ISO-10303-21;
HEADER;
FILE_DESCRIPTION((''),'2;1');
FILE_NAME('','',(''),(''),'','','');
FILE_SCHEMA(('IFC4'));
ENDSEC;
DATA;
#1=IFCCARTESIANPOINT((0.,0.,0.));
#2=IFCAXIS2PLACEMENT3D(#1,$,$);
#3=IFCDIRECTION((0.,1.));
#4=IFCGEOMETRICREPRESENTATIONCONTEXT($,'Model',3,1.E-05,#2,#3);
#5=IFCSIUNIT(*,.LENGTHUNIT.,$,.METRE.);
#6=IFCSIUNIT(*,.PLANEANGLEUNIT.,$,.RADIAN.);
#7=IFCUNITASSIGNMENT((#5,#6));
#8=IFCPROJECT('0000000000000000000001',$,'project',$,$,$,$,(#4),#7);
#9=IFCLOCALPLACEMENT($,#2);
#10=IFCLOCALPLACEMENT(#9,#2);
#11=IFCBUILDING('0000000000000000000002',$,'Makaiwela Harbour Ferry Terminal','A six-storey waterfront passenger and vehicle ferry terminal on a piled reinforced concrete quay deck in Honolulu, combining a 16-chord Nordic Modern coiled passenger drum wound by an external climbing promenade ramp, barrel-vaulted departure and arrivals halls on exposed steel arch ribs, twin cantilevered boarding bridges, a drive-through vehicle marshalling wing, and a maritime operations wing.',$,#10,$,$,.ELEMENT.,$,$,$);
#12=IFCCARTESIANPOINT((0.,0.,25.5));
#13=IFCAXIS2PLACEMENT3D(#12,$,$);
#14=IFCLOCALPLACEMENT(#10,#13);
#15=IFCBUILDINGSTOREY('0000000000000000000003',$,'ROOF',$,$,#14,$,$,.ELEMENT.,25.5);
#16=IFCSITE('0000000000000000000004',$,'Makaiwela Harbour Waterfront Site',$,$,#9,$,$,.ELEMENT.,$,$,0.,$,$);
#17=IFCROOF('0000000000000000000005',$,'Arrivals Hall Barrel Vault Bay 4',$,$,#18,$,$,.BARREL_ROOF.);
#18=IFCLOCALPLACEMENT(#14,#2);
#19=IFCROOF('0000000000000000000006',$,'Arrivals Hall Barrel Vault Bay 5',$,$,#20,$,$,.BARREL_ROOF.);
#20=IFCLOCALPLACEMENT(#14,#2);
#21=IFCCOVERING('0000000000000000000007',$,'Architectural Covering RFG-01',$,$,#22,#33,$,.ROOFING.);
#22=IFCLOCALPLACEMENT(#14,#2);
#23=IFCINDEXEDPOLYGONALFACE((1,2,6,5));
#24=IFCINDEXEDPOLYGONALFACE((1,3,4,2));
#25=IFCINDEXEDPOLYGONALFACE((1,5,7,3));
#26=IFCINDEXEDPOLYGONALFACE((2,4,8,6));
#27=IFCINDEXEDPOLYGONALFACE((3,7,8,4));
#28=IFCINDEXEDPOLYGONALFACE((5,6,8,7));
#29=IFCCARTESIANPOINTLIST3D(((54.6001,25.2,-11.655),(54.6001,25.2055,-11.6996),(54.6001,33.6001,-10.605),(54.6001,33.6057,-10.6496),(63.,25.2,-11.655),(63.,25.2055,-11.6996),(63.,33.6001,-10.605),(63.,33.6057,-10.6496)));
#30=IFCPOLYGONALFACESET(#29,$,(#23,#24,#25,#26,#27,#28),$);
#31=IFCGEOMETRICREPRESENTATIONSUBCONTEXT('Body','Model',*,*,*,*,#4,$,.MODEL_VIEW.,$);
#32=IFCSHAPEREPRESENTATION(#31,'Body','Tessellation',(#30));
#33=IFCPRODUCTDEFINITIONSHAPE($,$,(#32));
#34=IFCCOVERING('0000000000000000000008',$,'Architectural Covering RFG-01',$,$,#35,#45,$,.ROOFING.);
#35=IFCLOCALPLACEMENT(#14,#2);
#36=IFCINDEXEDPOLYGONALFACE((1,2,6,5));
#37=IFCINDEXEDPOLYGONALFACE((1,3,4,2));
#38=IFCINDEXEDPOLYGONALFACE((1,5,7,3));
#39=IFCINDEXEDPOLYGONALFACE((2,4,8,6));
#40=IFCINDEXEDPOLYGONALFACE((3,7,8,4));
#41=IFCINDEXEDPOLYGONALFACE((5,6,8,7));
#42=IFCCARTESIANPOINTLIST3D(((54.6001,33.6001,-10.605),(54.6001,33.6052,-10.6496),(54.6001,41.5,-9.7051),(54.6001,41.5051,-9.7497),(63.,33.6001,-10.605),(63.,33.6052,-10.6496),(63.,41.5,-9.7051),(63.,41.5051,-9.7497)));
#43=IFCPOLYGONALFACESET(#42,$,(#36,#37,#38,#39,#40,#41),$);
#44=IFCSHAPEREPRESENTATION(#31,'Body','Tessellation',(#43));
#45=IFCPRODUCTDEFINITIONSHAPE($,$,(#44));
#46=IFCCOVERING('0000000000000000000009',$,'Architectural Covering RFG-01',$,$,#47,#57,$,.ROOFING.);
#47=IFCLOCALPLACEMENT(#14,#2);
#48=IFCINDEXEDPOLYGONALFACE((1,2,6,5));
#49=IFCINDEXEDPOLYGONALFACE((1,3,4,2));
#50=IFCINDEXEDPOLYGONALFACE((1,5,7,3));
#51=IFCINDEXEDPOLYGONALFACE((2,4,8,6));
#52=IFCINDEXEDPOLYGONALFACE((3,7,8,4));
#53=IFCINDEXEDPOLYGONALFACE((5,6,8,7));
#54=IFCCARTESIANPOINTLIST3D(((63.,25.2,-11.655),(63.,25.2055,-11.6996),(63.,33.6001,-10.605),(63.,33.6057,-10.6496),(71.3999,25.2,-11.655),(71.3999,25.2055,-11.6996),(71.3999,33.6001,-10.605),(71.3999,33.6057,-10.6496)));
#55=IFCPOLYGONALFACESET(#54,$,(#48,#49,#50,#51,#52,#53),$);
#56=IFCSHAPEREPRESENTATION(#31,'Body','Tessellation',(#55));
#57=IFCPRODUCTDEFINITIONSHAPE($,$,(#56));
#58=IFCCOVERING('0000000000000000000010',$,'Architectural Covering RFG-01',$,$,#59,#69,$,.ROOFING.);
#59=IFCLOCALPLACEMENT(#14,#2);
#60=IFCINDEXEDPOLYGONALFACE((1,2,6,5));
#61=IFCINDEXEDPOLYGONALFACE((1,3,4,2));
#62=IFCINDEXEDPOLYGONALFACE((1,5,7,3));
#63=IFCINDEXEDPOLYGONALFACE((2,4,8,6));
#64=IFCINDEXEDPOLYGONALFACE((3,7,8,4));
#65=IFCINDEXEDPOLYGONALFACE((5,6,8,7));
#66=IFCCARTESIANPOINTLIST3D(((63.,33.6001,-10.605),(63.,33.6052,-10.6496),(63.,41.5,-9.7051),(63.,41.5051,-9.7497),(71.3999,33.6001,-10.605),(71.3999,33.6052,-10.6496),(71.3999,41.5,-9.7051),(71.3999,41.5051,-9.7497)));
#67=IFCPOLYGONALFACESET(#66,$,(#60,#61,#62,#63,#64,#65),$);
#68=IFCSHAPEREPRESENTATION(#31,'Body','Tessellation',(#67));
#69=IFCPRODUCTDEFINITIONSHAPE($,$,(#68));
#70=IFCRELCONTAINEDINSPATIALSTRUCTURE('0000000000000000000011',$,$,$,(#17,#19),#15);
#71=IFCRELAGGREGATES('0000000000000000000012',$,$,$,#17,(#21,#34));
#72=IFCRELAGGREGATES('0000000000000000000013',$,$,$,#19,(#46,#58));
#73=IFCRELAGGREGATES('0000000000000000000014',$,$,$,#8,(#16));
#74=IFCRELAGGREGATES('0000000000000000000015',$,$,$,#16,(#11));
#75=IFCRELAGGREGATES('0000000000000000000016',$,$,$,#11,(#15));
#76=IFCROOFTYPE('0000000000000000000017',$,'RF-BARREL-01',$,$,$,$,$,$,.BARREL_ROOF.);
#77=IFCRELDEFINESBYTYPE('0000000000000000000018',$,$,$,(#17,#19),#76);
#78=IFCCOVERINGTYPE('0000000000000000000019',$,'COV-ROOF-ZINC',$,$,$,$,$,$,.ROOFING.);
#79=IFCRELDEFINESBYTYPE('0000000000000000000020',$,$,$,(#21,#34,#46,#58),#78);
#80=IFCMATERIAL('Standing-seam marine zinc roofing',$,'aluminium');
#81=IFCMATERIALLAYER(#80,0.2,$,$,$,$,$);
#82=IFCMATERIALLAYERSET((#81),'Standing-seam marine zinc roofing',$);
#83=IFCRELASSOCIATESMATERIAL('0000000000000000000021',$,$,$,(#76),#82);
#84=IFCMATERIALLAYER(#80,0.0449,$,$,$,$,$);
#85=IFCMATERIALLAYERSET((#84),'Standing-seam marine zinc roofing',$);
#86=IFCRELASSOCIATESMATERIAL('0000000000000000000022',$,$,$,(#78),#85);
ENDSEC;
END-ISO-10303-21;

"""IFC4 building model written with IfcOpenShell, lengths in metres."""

from ifc_helpers import new_model, si_unit, direction, frame, origin, place, context, subcontext, project, spatial, polyline, outline, extrude, material, layer, layer_set, type_object, element, aggregate, save


model = new_model("IFC4")

# Units and contexts
model_context = context("Model", 3, precision=1e-05, world=origin(), true_north=direction((0.0, 1.0)))
body_context = subcontext(model_context, "Body", "Model", "MODEL_VIEW")
ifc_project = project(units=[si_unit("LENGTHUNIT", "METRE"), si_unit("PLANEANGLEUNIT", "RADIAN")], contexts=[model_context])

# Site, building, storey
site_placement = place(None, origin())
site = spatial("IfcSite", under=ifc_project, at=site_placement, Name="Makaiwela Harbour Waterfront Site", CompositionType="ELEMENT", RefElevation=0.0)
building_placement = place(site_placement, origin())
building = spatial("IfcBuilding", under=site, at=building_placement, Name="Makaiwela Harbour Ferry Terminal", Description="A six-storey waterfront passenger and vehicle ferry terminal on a piled reinforced concrete quay deck in Honolulu, combining a 16-chord Nordic Modern coiled passenger drum wound by an external climbing promenade ramp, barrel-vaulted departure and arrivals halls on exposed steel arch ribs, twin cantilevered boarding bridges, a drive-through vehicle marshalling wing, and a maritime operations wing.", CompositionType="ELEMENT")
storey_placement = place(building_placement, frame((0.0, 0.0, 25.5)))
storey = spatial("IfcBuildingStorey", under=building, at=storey_placement, Name="ROOF", CompositionType="ELEMENT", Elevation=25.5)

# Roofs
ifc_material_1 = material(Name="Standing-seam marine zinc roofing", Category="aluminium")
ifc_layer_1 = layer(ifc_material_1, 0.2)
ifc_layer_set_1 = layer_set([ifc_layer_1], Name="Standing-seam marine zinc roofing")
roof_type = type_object("IfcRoofType", Name="RF-BARREL-01", PredefinedType="BARREL_ROOF", material=ifc_layer_set_1)
roof_1_placement = place(storey_placement, origin())
roof_1 = element("IfcRoof", 1, at=roof_1_placement, inside=storey, type_object=roof_type, Name="Arrivals Hall Barrel Vault Bay 4", PredefinedType="BARREL_ROOF")
roof_2_placement = place(storey_placement, origin())
roof_2 = element("IfcRoof", 2, at=roof_2_placement, inside=storey, type_object=roof_type, Name="Arrivals Hall Barrel Vault Bay 5", PredefinedType="BARREL_ROOF")

# Coverings
ifc_layer_2 = layer(ifc_material_1, 0.0449)
ifc_layer_set_2 = layer_set([ifc_layer_2], Name="Standing-seam marine zinc roofing")
covering_type = type_object("IfcCoveringType", Name="COV-ROOF-ZINC", PredefinedType="ROOFING", material=ifc_layer_set_2)
covering_1_placement = place(storey_placement, frame((54.6001, 25.2, -11.655), z_axis=(0.0, -0.124038, 0.992277), x_axis=(1.0, 0.0, 0.0)))
covering_1 = element("IfcCovering", 3, at=covering_1_placement, type_object=covering_type, Name="Architectural Covering RFG-01", PredefinedType="ROOFING", context=body_context, shape_type="SweptSolid", body=[
    extrude(outline(polyline([(0.0, 0.0), (8.3999, 0.0), (8.3999, 8.4655), (0.0, 8.4655), (0.0, 0.0)])), origin(), (0.0, 0.0, -1.0), 0.0449),
])
covering_2_placement = place(storey_placement, frame((54.6001, 33.6001, -10.605), z_axis=(0.0, -0.113181, 0.993574), x_axis=(1.0, 0.0, 0.0)))
covering_2 = element("IfcCovering", 4, at=covering_2_placement, type_object=covering_type, Name="Architectural Covering RFG-01", PredefinedType="ROOFING", context=body_context, shape_type="SweptSolid", body=[
    extrude(outline(polyline([(0.0, 0.0), (8.3999, 0.0), (8.3999, 7.951), (0.0, 7.951), (0.0, 0.0)])), origin(), (0.0, 0.0, -1.0), 0.0449),
])
aggregate(roof_1, [covering_1, covering_2])
covering_3_placement = place(storey_placement, frame((63.0, 25.2, -11.655), z_axis=(0.0, -0.124038, 0.992277), x_axis=(1.0, 0.0, 0.0)))
covering_3 = element("IfcCovering", 5, at=covering_3_placement, type_object=covering_type, Name="Architectural Covering RFG-01", PredefinedType="ROOFING", context=body_context, shape_type="SweptSolid", body=[
    extrude(outline(polyline([(0.0, 0.0), (8.3999, 0.0), (8.3999, 8.4655), (0.0, 8.4655), (0.0, 0.0)])), origin(), (0.0, 0.0, -1.0), 0.0449),
])
covering_4_placement = place(storey_placement, frame((63.0, 33.6001, -10.605), z_axis=(0.0, -0.113181, 0.993574), x_axis=(1.0, 0.0, 0.0)))
covering_4 = element("IfcCovering", 6, at=covering_4_placement, type_object=covering_type, Name="Architectural Covering RFG-01", PredefinedType="ROOFING", context=body_context, shape_type="SweptSolid", body=[
    extrude(outline(polyline([(0.0, 0.0), (8.3999, 0.0), (8.3999, 7.951), (0.0, 7.951), (0.0, 0.0)])), origin(), (0.0, 0.0, -1.0), 0.0449),
])
aggregate(roof_2, [covering_3, covering_4])

save(model, "model.ifc")
